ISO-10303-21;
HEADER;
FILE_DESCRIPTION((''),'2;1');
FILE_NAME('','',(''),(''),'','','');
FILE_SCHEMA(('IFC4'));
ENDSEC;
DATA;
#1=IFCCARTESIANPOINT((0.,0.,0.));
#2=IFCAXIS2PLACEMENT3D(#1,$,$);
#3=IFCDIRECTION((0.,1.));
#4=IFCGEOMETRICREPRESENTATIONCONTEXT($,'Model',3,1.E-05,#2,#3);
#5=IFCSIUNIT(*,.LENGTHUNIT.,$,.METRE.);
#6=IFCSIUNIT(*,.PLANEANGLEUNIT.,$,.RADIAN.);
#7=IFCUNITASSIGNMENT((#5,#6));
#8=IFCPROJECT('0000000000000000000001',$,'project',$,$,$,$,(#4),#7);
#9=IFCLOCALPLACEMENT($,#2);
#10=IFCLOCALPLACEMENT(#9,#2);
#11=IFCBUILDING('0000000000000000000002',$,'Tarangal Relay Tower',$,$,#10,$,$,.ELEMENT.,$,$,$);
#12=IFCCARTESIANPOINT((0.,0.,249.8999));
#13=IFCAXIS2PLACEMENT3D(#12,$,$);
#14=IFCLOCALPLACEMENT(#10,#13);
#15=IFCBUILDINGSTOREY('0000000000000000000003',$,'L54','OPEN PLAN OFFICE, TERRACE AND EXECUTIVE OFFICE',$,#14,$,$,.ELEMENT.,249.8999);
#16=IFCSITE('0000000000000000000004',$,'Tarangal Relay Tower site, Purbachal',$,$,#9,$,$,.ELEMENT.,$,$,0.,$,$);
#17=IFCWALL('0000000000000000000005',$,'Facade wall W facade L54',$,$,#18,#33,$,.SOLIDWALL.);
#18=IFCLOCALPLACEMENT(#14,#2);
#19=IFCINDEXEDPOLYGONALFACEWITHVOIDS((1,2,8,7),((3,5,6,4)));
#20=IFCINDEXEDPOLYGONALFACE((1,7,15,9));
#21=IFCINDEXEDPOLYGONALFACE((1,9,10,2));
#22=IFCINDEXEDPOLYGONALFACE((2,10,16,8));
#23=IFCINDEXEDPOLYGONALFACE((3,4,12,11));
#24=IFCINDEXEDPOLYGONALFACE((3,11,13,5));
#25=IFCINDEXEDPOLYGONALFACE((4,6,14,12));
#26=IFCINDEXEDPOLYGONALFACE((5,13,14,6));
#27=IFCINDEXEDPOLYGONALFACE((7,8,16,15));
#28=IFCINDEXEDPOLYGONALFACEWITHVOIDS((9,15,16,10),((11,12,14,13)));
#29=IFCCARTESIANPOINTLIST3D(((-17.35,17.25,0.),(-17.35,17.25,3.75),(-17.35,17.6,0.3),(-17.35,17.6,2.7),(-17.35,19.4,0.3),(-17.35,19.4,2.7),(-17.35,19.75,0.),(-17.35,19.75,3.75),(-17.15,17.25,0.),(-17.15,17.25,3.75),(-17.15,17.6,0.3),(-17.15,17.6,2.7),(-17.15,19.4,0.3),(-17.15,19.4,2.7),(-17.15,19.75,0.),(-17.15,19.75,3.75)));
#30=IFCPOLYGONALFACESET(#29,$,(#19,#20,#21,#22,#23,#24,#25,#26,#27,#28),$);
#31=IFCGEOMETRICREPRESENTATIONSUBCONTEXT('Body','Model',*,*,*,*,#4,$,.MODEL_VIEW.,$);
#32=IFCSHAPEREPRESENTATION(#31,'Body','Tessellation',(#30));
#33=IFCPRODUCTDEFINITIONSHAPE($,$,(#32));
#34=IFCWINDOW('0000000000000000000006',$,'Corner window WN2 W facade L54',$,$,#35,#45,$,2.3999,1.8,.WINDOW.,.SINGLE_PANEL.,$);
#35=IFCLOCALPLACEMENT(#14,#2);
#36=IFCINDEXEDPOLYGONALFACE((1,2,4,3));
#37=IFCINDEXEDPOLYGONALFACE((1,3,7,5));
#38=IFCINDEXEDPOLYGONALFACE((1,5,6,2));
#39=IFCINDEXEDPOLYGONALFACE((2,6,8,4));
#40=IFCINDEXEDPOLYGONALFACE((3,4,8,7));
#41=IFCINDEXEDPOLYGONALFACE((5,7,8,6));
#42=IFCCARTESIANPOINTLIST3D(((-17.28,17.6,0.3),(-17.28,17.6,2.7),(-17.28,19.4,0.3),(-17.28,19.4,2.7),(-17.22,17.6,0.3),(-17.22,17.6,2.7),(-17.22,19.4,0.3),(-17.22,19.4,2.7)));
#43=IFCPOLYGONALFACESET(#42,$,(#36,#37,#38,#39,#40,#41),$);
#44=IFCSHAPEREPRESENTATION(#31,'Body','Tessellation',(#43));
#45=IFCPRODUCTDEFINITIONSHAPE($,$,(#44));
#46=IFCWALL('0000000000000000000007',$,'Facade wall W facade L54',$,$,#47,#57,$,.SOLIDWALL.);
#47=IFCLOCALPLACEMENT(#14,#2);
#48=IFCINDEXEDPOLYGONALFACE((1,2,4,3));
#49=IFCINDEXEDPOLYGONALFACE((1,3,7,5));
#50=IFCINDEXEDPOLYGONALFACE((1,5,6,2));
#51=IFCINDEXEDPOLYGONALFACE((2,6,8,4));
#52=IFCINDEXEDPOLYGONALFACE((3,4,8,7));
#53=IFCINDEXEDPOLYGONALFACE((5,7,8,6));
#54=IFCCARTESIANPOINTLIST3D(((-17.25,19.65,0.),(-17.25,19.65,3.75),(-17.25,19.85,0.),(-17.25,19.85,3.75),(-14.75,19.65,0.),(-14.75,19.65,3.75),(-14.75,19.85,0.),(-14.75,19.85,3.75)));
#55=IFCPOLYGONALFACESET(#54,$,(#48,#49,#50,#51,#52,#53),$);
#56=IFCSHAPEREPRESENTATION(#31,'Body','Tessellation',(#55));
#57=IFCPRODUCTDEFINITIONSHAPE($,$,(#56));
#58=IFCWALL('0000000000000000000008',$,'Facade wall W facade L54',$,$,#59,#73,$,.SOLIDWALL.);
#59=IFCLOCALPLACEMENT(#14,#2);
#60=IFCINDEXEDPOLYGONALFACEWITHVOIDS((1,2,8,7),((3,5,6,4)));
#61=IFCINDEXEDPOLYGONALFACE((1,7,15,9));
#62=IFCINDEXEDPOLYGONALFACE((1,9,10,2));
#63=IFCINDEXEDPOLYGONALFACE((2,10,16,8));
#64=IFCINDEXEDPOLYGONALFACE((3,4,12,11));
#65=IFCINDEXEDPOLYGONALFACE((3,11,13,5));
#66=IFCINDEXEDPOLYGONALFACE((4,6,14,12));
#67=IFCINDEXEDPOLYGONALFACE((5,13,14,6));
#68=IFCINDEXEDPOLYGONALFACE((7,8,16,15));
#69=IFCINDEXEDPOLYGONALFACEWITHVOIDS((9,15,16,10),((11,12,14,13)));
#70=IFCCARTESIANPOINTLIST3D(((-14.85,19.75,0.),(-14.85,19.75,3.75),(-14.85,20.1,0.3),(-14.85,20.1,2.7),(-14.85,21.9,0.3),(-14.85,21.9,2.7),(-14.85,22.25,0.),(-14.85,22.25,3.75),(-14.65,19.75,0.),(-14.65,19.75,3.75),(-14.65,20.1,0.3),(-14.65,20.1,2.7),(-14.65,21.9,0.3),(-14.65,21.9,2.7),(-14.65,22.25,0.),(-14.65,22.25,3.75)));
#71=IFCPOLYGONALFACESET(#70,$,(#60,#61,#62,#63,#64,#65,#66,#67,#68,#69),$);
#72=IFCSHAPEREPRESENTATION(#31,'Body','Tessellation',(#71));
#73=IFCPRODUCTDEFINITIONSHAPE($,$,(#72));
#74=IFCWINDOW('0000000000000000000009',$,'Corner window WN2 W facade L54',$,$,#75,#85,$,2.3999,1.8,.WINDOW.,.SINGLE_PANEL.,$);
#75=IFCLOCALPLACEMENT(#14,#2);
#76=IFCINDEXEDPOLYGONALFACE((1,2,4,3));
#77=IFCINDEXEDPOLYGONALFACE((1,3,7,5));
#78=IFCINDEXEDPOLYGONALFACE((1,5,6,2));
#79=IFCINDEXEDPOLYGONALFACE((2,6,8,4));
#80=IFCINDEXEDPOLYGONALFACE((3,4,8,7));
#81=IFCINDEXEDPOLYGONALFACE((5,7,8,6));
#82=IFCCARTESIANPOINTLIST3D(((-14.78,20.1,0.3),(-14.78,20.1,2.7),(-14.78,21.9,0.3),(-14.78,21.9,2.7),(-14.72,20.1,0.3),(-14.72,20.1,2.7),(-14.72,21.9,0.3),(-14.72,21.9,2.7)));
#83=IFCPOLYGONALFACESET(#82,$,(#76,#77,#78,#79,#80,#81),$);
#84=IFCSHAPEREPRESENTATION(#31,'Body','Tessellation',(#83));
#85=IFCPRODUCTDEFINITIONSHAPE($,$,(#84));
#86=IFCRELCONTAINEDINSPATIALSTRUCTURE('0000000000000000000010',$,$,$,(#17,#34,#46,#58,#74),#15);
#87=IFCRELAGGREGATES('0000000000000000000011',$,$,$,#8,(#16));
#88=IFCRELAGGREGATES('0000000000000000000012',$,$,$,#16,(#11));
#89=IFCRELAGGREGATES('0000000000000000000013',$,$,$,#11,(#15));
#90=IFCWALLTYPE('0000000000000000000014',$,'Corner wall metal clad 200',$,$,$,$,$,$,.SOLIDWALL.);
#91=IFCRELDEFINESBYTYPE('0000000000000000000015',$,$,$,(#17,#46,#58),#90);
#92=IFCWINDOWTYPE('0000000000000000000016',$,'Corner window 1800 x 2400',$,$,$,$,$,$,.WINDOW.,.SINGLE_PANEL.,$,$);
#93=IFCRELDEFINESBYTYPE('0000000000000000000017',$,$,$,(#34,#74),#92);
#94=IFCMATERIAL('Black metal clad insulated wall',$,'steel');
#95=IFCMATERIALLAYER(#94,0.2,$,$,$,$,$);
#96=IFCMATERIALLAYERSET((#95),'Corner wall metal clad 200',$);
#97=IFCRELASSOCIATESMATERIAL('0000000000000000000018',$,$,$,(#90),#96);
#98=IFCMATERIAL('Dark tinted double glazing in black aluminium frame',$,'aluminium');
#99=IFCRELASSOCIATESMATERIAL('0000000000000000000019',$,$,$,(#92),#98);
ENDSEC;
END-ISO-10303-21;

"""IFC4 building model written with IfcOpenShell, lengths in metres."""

from ifc_helpers import new_model, si_unit, direction, frame, frame_2d, origin, place, context, subcontext, project, spatial, rectangle, extrude, material, layer, layer_set, type_object, element, fill, save


model = new_model("IFC4")

# Units and contexts
model_context = context("Model", 3, precision=1e-05, world=origin(), true_north=direction((0.0, 1.0)))
body_context = subcontext(model_context, "Body", "Model", "MODEL_VIEW")
ifc_project = project(units=[si_unit("LENGTHUNIT", "METRE"), si_unit("PLANEANGLEUNIT", "RADIAN")], contexts=[model_context])

# Site, building, storey
site_placement = place(None, origin())
site = spatial("IfcSite", under=ifc_project, at=site_placement, Name="Tarangal Relay Tower site, Purbachal", CompositionType="ELEMENT", RefElevation=0.0)
building_placement = place(site_placement, origin())
building = spatial("IfcBuilding", under=site, at=building_placement, Name="Tarangal Relay Tower", CompositionType="ELEMENT")
storey_placement = place(building_placement, frame((0.0, 0.0, 249.8999)))
storey = spatial("IfcBuildingStorey", under=building, at=storey_placement, Name="L54", Description="OPEN PLAN OFFICE, TERRACE AND EXECUTIVE OFFICE", CompositionType="ELEMENT", Elevation=249.8999)

# Wall, opening, window
ifc_material_1 = material(Name="Black metal clad insulated wall", Category="steel")
ifc_layer_1 = layer(ifc_material_1, 0.2)
ifc_layer_set_1 = layer_set([ifc_layer_1], Name="Corner wall metal clad 200")
wall_type = type_object("IfcWallType", Name="Corner wall metal clad 200", PredefinedType="SOLIDWALL", material=ifc_layer_set_1)
wall_1_placement = place(storey_placement, frame((-17.25, 17.25, 0.0), z_axis=(0.0, 0.0, 1.0), x_axis=(0.0, 1.0, 0.0)))
wall_1 = element("IfcWall", 1, at=wall_1_placement, inside=storey, type_object=wall_type, Name="Facade wall W facade L54", PredefinedType="SOLIDWALL", context=body_context, shape_type="SweptSolid", body=[
    extrude(rectangle(XDim=2.5, YDim=0.2, at=frame_2d((1.25, 0.0))), origin(), (0.0, 0.0, 1.0), 3.75),
])
opening_1_placement = place(wall_1_placement, frame((0.3501, 0.0, 0.3)))
opening_1 = element("IfcOpeningElement", 2, at=opening_1_placement, cuts=wall_1, PredefinedType="OPENING", context=body_context, shape_type="SweptSolid", body=[
    extrude(rectangle(XDim=1.8, YDim=2.3999, at=frame_2d((0.8999, 1.2))), frame((0.0, 0.1099, 0.0), z_axis=(0.0, -1.0, 0.0), x_axis=(1.0, 0.0, 0.0)), (0.0, 0.0, 1.0), 0.22),
])
ifc_material_2 = material(Name="Dark tinted double glazing in black aluminium frame", Category="aluminium")
window_type = type_object("IfcWindowType", Name="Corner window 1800 x 2400", PartitioningType="SINGLE_PANEL", PredefinedType="WINDOW", material=ifc_material_2)
window_1_placement = place(opening_1_placement, origin())
window_1 = element("IfcWindow", 3, at=window_1_placement, inside=storey, type_object=window_type, Name="Corner window WN2 W facade L54", OverallHeight=2.3999, OverallWidth=1.8, PartitioningType="SINGLE_PANEL", PredefinedType="WINDOW", context=body_context, shape_type="SweptSolid", body=[
    extrude(rectangle(XDim=1.8, YDim=2.3999, at=frame_2d((0.8999, 1.2))), frame((0.0, 0.03, 0.0), z_axis=(0.0, -1.0, 0.0), x_axis=(1.0, 0.0, 0.0)), (0.0, 0.0, 1.0), 0.0601),
])
fill(opening_1, window_1)

# Wall
wall_2_placement = place(storey_placement, frame((-17.25, 19.75, 0.0), z_axis=(0.0, 0.0, 1.0), x_axis=(1.0, 0.0, 0.0)))
element("IfcWall", 4, at=wall_2_placement, inside=storey, type_object=wall_type, Name="Facade wall W facade L54", PredefinedType="SOLIDWALL", context=body_context, shape_type="SweptSolid", body=[
    extrude(rectangle(XDim=2.5, YDim=0.2, at=frame_2d((1.25, 0.0))), origin(), (0.0, 0.0, 1.0), 3.75),
])

# Wall, opening, window
wall_3_placement = place(storey_placement, frame((-14.75, 19.75, 0.0), z_axis=(0.0, 0.0, 1.0), x_axis=(0.0, 1.0, 0.0)))
wall_3 = element("IfcWall", 5, at=wall_3_placement, inside=storey, type_object=wall_type, Name="Facade wall W facade L54", PredefinedType="SOLIDWALL", context=body_context, shape_type="SweptSolid", body=[
    extrude(rectangle(XDim=2.5, YDim=0.2, at=frame_2d((1.25, 0.0))), origin(), (0.0, 0.0, 1.0), 3.75),
])
opening_2_placement = place(wall_3_placement, frame((0.3501, 0.0, 0.3)))
opening_2 = element("IfcOpeningElement", 6, at=opening_2_placement, cuts=wall_3, PredefinedType="OPENING", context=body_context, shape_type="SweptSolid", body=[
    extrude(rectangle(XDim=1.8, YDim=2.3999, at=frame_2d((0.8999, 1.2))), frame((0.0, 0.1099, 0.0), z_axis=(0.0, -1.0, 0.0), x_axis=(1.0, 0.0, 0.0)), (0.0, 0.0, 1.0), 0.22),
])
window_2_placement = place(opening_2_placement, origin())
window_2 = element("IfcWindow", 7, at=window_2_placement, inside=storey, type_object=window_type, Name="Corner window WN2 W facade L54", OverallHeight=2.3999, OverallWidth=1.8, PartitioningType="SINGLE_PANEL", PredefinedType="WINDOW", context=body_context, shape_type="SweptSolid", body=[
    extrude(rectangle(XDim=1.8, YDim=2.3999, at=frame_2d((0.8999, 1.2))), frame((0.0, 0.03, 0.0), z_axis=(0.0, -1.0, 0.0), x_axis=(1.0, 0.0, 0.0)), (0.0, 0.0, 1.0), 0.0601),
])
fill(opening_2, window_2)

save(model, "model.ifc")
